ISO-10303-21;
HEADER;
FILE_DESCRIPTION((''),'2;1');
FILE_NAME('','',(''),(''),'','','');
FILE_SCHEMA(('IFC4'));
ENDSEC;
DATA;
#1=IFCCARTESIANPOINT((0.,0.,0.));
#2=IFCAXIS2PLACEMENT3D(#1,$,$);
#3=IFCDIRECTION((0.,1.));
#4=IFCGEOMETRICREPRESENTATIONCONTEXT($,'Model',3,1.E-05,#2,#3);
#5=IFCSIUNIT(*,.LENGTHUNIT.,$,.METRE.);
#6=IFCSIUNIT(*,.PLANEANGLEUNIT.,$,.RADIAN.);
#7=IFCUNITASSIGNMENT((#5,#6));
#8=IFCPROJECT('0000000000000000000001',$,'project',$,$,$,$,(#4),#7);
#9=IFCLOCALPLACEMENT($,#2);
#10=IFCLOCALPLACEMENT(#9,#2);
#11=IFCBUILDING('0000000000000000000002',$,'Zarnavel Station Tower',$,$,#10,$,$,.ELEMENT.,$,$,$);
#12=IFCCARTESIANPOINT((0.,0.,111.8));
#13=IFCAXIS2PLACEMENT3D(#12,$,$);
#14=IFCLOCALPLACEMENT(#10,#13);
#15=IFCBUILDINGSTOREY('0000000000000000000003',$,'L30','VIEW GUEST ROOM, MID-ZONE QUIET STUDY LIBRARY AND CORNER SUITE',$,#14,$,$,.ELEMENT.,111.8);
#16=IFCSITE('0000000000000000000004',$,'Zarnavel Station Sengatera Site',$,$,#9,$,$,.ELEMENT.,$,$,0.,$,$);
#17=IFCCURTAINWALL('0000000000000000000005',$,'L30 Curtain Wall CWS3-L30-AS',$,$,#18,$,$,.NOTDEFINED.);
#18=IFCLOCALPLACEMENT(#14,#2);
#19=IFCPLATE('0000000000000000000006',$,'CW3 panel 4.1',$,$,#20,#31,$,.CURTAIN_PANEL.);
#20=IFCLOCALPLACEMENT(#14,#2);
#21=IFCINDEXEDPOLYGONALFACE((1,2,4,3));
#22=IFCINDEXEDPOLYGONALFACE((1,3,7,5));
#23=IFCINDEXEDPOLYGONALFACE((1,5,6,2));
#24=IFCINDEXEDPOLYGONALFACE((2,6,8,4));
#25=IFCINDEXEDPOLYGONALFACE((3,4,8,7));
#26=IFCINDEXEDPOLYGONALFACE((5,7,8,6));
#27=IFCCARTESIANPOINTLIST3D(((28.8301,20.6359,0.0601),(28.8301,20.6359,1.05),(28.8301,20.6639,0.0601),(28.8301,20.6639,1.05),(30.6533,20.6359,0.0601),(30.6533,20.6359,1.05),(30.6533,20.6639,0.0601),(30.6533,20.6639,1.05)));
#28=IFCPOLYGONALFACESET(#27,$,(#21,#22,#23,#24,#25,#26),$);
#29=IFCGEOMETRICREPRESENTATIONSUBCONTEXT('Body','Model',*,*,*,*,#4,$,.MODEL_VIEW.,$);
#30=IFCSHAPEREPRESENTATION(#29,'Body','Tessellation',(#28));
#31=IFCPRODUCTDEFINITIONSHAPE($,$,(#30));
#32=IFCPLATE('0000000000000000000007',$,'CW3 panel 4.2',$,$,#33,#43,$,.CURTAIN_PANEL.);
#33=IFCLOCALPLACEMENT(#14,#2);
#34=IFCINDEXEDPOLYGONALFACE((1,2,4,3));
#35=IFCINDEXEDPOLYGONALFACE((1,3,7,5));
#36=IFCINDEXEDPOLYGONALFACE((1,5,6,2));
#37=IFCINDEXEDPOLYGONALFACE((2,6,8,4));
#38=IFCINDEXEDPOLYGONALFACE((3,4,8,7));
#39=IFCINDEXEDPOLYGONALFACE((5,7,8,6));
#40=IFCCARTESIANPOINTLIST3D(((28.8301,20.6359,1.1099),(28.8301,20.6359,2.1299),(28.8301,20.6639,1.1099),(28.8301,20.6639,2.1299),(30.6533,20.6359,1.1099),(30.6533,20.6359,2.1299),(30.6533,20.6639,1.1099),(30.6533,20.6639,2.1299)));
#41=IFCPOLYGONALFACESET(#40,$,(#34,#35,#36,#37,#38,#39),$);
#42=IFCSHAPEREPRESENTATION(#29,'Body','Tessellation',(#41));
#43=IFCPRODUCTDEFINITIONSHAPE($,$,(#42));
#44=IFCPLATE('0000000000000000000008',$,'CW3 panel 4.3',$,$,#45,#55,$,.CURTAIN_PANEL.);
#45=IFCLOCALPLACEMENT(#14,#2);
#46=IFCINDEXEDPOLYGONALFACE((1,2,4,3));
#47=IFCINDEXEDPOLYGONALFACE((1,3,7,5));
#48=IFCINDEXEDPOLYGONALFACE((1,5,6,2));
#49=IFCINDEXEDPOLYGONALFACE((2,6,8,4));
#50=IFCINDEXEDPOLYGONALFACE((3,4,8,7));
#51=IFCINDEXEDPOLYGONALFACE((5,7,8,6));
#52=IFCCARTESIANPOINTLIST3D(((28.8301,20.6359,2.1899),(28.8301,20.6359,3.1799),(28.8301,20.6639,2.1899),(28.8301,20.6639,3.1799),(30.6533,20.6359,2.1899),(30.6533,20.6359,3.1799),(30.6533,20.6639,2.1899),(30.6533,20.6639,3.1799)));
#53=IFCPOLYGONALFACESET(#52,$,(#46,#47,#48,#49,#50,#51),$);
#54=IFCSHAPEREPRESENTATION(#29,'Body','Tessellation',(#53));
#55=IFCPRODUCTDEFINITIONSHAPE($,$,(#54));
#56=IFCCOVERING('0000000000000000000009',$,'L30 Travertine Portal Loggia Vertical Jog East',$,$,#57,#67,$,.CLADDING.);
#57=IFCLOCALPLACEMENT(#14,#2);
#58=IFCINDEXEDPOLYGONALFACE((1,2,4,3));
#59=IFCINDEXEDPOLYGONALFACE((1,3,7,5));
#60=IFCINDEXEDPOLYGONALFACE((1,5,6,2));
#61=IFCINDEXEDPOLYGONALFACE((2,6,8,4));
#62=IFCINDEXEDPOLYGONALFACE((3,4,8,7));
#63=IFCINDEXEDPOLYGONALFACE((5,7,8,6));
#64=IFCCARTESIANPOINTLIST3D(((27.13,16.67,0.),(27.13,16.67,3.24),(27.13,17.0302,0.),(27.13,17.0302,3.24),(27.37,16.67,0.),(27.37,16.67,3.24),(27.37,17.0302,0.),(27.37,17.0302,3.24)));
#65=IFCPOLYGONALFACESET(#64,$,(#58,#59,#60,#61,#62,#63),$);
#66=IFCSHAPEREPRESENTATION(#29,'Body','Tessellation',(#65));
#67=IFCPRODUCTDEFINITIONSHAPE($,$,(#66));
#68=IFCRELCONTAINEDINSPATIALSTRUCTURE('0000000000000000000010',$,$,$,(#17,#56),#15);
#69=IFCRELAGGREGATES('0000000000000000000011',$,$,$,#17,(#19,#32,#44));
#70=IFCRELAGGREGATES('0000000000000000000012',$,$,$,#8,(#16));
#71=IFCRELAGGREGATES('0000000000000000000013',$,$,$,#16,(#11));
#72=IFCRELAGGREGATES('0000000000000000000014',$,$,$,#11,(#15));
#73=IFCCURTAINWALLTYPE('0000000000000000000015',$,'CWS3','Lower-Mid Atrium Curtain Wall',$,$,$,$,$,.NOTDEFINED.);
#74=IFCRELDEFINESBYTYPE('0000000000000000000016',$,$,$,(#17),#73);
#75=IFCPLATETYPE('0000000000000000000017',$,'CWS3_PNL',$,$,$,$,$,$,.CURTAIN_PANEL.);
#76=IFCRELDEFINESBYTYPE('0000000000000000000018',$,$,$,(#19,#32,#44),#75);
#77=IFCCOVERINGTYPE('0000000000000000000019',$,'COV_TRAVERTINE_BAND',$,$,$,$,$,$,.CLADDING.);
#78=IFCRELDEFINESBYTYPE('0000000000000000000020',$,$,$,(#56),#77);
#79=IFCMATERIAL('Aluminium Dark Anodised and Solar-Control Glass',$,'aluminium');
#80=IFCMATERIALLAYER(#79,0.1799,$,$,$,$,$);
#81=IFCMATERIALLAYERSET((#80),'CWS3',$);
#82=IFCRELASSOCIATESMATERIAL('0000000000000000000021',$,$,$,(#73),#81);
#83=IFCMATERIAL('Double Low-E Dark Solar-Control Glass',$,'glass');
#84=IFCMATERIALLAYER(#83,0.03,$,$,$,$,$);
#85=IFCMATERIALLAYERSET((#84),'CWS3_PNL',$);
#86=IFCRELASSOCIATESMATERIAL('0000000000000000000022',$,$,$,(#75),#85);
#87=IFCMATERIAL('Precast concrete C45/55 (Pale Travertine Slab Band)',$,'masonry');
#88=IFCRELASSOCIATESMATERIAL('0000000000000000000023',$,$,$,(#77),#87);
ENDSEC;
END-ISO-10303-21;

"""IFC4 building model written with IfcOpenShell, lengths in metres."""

from ifc_helpers import new_model, si_unit, direction, frame, origin, origin_2d, place, context, subcontext, project, spatial, rectangle, extrude, material, layer, layer_set, type_object, element, aggregate, save


model = new_model("IFC4")

# Units and contexts
model_context = context("Model", 3, precision=1e-05, world=origin(), true_north=direction((0.0, 1.0)))
body_context = subcontext(model_context, "Body", "Model", "MODEL_VIEW")
ifc_project = project(units=[si_unit("LENGTHUNIT", "METRE"), si_unit("PLANEANGLEUNIT", "RADIAN")], contexts=[model_context])

# Site, building, storey
site_placement = place(None, origin())
site = spatial("IfcSite", under=ifc_project, at=site_placement, Name="Zarnavel Station Sengatera Site", CompositionType="ELEMENT", RefElevation=0.0)
building_placement = place(site_placement, origin())
building = spatial("IfcBuilding", under=site, at=building_placement, Name="Zarnavel Station Tower", CompositionType="ELEMENT")
storey_placement = place(building_placement, frame((0.0, 0.0, 111.8)))
storey = spatial("IfcBuildingStorey", under=building, at=storey_placement, Name="L30", Description="VIEW GUEST ROOM, MID-ZONE QUIET STUDY LIBRARY AND CORNER SUITE", CompositionType="ELEMENT", Elevation=111.8)

# Curtain wall
ifc_material_1 = material(Name="Aluminium Dark Anodised and Solar-Control Glass", Category="aluminium")
ifc_layer_1 = layer(ifc_material_1, 0.1799)
ifc_layer_set_1 = layer_set([ifc_layer_1], Name="CWS3")
curtain_wall_type_1 = type_object("IfcCurtainWallType", Name="CWS3", Description="Lower-Mid Atrium Curtain Wall", PredefinedType="NOTDEFINED", material=ifc_layer_set_1)
curtain_wall_1_placement = place(storey_placement, origin())
curtain_wall_1 = element("IfcCurtainWall", 1, at=curtain_wall_1_placement, inside=storey, type_object=curtain_wall_type_1, Name="L30 Curtain Wall CWS3-L30-AS", PredefinedType="NOTDEFINED")

# Plates
ifc_material_2 = material(Name="Double Low-E Dark Solar-Control Glass", Category="glass")
ifc_layer_2 = layer(ifc_material_2, 0.03)
ifc_layer_set_2 = layer_set([ifc_layer_2], Name="CWS3_PNL")
plate_type = type_object("IfcPlateType", Name="CWS3_PNL", PredefinedType="CURTAIN_PANEL", material=ifc_layer_set_2)
plate_1_placement = place(storey_placement, frame((29.7417, 20.6499, 0.0601), z_axis=(0.0, 0.0, 1.0), x_axis=(1.0, 0.0, 0.0)))
plate_1 = element("IfcPlate", 2, at=plate_1_placement, type_object=plate_type, Name="CW3 panel 4.1", PredefinedType="CURTAIN_PANEL", context=body_context, shape_type="SweptSolid", body=[
    extrude(rectangle(XDim=1.8232, YDim=0.0281, at=origin_2d()), origin(), (0.0, 0.0, 1.0), 0.99),
])
plate_2_placement = place(storey_placement, frame((29.7417, 20.6499, 1.1099), z_axis=(0.0, 0.0, 1.0), x_axis=(1.0, 0.0, 0.0)))
plate_2 = element("IfcPlate", 3, at=plate_2_placement, type_object=plate_type, Name="CW3 panel 4.2", PredefinedType="CURTAIN_PANEL", context=body_context, shape_type="SweptSolid", body=[
    extrude(rectangle(XDim=1.8232, YDim=0.0281, at=origin_2d()), origin(), (0.0, 0.0, 1.0), 1.02),
])
plate_3_placement = place(storey_placement, frame((29.7417, 20.6499, 2.1899), z_axis=(0.0, 0.0, 1.0), x_axis=(1.0, 0.0, 0.0)))
plate_3 = element("IfcPlate", 4, at=plate_3_placement, type_object=plate_type, Name="CW3 panel 4.3", PredefinedType="CURTAIN_PANEL", context=body_context, shape_type="SweptSolid", body=[
    extrude(rectangle(XDim=1.8232, YDim=0.0281, at=origin_2d()), origin(), (0.0, 0.0, 1.0), 0.99),
])
aggregate(curtain_wall_1, [plate_1, plate_2, plate_3])

# Covering
ifc_material_3 = material(Name="Precast concrete C45/55 (Pale Travertine Slab Band)", Category="masonry")
covering_type = type_object("IfcCoveringType", Name="COV_TRAVERTINE_BAND", PredefinedType="CLADDING", material=ifc_material_3)
covering_placement = place(storey_placement, frame((27.25, 16.8501, 0.0), z_axis=(0.0, 0.0, 1.0), x_axis=(1.0, 0.0, 0.0)))
element("IfcCovering", 5, at=covering_placement, inside=storey, type_object=covering_type, Name="L30 Travertine Portal Loggia Vertical Jog East", PredefinedType="CLADDING", context=body_context, shape_type="SweptSolid", body=[
    extrude(rectangle(XDim=0.24, YDim=0.3601, at=origin_2d()), origin(), (0.0, 0.0, 1.0), 3.24),
])

save(model, "model.ifc")
